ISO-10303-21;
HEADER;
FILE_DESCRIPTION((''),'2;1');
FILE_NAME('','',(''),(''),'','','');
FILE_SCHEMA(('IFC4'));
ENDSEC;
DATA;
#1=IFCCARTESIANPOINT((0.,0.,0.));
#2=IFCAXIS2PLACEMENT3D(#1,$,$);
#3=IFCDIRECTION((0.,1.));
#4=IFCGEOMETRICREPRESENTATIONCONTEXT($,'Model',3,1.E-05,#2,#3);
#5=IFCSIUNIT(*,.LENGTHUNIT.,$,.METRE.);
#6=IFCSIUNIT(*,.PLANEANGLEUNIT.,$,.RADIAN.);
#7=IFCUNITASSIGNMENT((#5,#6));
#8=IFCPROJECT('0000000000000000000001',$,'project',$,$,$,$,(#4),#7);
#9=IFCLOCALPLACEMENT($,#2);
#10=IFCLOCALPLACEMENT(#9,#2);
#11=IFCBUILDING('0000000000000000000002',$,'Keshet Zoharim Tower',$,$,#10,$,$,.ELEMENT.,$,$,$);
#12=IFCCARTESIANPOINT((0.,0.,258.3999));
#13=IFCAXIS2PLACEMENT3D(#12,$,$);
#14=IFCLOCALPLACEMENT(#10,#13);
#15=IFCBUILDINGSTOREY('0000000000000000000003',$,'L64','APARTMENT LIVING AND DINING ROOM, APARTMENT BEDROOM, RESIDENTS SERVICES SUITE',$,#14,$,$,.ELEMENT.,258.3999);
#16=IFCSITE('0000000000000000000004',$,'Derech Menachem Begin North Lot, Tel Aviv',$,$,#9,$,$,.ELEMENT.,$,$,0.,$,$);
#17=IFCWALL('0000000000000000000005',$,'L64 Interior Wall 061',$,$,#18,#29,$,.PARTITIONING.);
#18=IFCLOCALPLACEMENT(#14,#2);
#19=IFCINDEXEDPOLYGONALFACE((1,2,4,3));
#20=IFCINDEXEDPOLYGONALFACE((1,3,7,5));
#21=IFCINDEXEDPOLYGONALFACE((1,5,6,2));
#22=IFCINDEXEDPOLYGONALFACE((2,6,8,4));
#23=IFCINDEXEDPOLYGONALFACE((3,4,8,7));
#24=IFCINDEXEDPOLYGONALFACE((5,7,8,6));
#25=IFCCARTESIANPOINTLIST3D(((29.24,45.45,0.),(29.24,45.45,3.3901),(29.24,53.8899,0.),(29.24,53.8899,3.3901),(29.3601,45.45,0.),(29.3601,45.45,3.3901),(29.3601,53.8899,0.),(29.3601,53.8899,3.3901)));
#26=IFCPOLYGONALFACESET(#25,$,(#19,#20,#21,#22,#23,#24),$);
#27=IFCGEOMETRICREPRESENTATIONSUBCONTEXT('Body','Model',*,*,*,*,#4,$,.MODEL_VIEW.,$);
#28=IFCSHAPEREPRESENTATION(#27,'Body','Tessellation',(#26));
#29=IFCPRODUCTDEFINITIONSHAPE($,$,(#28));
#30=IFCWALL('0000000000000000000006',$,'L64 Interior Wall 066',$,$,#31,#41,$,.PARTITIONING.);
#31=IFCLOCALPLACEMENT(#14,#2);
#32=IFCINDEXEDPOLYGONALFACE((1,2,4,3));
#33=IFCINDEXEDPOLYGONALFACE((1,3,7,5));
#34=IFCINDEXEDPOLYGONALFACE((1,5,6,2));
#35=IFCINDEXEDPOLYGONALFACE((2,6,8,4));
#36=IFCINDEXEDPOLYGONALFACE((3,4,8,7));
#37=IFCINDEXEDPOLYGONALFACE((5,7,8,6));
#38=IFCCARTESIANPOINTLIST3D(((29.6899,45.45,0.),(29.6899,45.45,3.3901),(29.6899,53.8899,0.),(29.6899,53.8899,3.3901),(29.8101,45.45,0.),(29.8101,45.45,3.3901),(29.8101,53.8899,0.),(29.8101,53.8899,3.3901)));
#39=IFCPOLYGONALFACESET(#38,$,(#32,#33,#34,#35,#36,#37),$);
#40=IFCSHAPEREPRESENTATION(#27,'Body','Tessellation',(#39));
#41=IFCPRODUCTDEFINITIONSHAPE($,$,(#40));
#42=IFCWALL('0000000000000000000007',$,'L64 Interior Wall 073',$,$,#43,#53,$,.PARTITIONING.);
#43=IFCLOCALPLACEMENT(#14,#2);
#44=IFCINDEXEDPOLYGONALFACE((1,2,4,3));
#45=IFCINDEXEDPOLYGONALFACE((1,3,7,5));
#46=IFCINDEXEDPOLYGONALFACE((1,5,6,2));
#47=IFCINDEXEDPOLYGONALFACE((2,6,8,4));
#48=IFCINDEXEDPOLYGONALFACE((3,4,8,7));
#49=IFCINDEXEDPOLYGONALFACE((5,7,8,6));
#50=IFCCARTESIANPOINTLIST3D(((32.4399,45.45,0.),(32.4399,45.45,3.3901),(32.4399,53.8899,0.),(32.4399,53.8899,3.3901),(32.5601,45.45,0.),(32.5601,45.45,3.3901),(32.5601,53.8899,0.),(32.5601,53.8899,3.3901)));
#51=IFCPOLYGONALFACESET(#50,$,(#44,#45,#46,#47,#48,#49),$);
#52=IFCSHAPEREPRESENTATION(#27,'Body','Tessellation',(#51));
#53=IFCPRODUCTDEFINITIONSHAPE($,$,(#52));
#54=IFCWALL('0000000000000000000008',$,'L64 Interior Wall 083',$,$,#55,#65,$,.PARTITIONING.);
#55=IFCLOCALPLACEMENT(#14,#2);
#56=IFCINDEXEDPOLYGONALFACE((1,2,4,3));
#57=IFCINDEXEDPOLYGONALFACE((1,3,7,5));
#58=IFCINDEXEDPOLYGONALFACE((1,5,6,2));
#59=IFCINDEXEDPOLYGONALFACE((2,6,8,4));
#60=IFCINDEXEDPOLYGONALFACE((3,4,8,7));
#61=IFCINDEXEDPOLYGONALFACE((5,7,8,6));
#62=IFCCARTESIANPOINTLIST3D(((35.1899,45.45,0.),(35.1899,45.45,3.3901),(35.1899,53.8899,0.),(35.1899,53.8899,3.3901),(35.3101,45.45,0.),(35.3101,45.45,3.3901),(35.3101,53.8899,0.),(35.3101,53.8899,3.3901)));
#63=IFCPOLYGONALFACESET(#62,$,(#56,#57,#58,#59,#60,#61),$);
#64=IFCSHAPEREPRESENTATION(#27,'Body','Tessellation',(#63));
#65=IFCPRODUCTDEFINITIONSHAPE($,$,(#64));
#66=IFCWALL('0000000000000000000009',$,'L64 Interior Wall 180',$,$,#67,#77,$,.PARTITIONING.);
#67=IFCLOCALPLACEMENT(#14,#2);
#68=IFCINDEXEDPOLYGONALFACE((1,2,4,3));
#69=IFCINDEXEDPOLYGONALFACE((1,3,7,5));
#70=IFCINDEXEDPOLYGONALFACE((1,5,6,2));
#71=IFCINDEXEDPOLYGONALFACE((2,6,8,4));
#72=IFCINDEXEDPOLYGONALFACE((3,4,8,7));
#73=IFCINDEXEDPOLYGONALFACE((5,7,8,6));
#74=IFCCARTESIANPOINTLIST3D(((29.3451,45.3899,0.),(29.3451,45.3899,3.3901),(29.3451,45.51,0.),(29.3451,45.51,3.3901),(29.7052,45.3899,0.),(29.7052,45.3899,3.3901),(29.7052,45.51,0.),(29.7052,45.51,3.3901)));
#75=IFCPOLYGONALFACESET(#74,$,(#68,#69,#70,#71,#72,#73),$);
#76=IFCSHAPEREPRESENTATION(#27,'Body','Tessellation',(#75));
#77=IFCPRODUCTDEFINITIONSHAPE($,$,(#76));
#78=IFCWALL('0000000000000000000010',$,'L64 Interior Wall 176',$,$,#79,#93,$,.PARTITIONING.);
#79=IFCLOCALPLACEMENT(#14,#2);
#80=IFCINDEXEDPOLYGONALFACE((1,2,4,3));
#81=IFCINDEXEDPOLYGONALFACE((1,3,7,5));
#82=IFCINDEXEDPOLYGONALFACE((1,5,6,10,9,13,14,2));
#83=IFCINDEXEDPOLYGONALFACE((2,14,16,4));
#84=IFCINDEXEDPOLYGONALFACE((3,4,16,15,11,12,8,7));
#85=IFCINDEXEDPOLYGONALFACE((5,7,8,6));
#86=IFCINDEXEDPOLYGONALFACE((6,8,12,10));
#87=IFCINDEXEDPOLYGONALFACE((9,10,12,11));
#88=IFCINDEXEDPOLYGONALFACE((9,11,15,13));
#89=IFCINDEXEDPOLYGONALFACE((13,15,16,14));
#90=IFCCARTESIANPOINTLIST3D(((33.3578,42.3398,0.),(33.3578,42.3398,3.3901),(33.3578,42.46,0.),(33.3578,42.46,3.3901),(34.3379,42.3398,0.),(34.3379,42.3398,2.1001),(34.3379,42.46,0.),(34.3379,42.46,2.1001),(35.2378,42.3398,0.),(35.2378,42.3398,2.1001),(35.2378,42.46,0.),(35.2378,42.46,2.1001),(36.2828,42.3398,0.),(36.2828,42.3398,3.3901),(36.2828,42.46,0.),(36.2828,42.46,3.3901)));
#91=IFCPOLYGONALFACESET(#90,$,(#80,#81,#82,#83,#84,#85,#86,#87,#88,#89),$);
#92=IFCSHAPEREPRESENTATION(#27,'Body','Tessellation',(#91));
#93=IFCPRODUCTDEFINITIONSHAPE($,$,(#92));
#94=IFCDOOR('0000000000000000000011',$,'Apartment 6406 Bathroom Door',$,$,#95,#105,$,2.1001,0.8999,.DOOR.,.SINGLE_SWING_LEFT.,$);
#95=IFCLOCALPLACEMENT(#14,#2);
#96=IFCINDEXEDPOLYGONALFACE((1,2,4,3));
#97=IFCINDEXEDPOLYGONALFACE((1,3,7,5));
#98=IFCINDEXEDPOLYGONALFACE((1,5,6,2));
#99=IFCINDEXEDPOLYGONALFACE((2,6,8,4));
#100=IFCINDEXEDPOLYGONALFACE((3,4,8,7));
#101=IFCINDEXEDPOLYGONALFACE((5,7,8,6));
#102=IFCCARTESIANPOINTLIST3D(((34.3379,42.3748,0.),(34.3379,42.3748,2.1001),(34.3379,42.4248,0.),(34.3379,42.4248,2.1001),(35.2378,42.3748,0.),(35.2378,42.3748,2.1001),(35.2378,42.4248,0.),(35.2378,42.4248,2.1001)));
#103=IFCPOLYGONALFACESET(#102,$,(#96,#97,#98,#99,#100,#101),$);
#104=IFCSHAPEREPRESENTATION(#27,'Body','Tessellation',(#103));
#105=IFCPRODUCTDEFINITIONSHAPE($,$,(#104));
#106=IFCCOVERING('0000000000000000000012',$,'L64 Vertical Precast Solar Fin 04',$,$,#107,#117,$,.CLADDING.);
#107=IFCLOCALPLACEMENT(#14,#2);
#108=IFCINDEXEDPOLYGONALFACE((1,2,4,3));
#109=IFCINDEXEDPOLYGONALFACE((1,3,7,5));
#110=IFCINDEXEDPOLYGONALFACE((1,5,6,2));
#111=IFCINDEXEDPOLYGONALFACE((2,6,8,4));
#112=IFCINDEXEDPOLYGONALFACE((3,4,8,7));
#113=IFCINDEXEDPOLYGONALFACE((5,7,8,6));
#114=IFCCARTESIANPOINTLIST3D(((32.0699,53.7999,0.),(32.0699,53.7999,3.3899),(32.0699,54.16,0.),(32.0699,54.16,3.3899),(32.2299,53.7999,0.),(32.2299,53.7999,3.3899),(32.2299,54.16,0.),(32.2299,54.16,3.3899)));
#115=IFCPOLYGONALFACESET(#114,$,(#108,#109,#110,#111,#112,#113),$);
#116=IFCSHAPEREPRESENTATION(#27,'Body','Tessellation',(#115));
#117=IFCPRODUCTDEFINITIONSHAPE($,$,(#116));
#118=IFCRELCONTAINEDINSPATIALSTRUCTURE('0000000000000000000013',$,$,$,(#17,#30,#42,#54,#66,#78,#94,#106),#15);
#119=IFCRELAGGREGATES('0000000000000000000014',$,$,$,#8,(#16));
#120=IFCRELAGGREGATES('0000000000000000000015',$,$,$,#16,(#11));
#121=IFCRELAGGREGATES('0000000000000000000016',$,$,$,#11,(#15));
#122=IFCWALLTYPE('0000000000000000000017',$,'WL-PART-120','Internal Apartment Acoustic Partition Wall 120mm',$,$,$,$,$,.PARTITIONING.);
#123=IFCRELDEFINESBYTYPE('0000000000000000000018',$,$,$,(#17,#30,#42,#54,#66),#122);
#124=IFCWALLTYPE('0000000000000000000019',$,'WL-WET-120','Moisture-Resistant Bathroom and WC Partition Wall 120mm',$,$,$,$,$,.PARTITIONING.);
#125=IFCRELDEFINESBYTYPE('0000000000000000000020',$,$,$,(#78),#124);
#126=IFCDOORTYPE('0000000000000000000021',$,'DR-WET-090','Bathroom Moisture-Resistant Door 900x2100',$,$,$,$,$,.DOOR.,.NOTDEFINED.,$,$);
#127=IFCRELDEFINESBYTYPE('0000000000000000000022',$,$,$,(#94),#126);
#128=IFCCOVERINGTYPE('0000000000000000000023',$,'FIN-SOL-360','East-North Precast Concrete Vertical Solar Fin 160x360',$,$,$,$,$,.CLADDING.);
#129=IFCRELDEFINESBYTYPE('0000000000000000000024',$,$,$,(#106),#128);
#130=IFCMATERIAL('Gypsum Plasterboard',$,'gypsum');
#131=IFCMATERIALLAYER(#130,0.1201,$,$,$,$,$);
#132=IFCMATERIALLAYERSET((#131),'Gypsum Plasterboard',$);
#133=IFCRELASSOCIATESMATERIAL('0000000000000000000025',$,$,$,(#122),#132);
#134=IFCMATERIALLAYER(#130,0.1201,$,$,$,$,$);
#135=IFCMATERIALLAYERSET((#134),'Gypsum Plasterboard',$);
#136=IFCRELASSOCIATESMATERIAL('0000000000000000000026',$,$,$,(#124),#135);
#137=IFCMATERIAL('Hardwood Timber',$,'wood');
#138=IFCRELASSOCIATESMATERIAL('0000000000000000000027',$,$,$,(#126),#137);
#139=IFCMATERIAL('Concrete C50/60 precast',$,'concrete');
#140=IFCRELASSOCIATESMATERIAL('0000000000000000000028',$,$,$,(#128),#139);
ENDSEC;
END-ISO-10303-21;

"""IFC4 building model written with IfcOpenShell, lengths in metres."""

from ifc_helpers import new_model, si_unit, direction, frame, frame_2d, origin, origin_2d, place, context, subcontext, project, spatial, rectangle, extrude, material, layer, layer_set, type_object, element, fill, save


model = new_model("IFC4")

# Units and contexts
model_context = context("Model", 3, precision=1e-05, world=origin(), true_north=direction((0.0, 1.0)))
body_context = subcontext(model_context, "Body", "Model", "MODEL_VIEW")
ifc_project = project(units=[si_unit("LENGTHUNIT", "METRE"), si_unit("PLANEANGLEUNIT", "RADIAN")], contexts=[model_context])

# Site, building, storey
site_placement = place(None, origin())
site = spatial("IfcSite", under=ifc_project, at=site_placement, Name="Derech Menachem Begin North Lot, Tel Aviv", CompositionType="ELEMENT", RefElevation=0.0)
building_placement = place(site_placement, origin())
building = spatial("IfcBuilding", under=site, at=building_placement, Name="Keshet Zoharim Tower", CompositionType="ELEMENT")
storey_placement = place(building_placement, frame((0.0, 0.0, 258.3999)))
storey = spatial("IfcBuildingStorey", under=building, at=storey_placement, Name="L64", Description="APARTMENT LIVING AND DINING ROOM, APARTMENT BEDROOM, RESIDENTS SERVICES SUITE", CompositionType="ELEMENT", Elevation=258.3999)

# Shared definitions
ifc_material_1 = material(Name="Hardwood Timber", Category="wood")

# Walls
ifc_material_2 = material(Name="Gypsum Plasterboard", Category="gypsum")
ifc_layer_1 = layer(ifc_material_2, 0.1201)
ifc_layer_set_1 = layer_set([ifc_layer_1], Name="Gypsum Plasterboard")
wall_type_1 = type_object("IfcWallType", Name="WL-PART-120", Description="Internal Apartment Acoustic Partition Wall 120mm", PredefinedType="PARTITIONING", material=ifc_layer_set_1)
for number, where, z_axis, x_axis, name in (
    (1, (29.3, 45.45, 0.0), (0.0, 0.0, 1.0), (0.0, 1.0, 0.0), "L64 Interior Wall 061"),
    (2, (29.75, 45.45, 0.0), (0.0, 0.0, 1.0), (0.0, 1.0, 0.0), "L64 Interior Wall 066"),
    (3, (32.5, 45.45, 0.0), (0.0, 0.0, 1.0), (0.0, 1.0, 0.0), "L64 Interior Wall 073"),
    (4, (35.25, 45.45, 0.0), (0.0, 0.0, 1.0), (0.0, 1.0, 0.0), "L64 Interior Wall 083"),
):
    element("IfcWall", number, at=place(storey_placement, frame(where, z_axis=z_axis, x_axis=x_axis)), inside=storey, type_object=wall_type_1, Name=name, PredefinedType="PARTITIONING", context=body_context, shape_type="SweptSolid", body=[
        extrude(rectangle(XDim=8.4399, YDim=0.1201, at=frame_2d((4.22, 0.0))), origin(), (0.0, 0.0, 1.0), 3.3901),
    ])
wall_1_placement = place(storey_placement, frame((29.345, 45.45, 0.0), z_axis=(0.0, 0.0, 1.0), x_axis=(1.0, 0.0, 0.0)))
element("IfcWall", 5, at=wall_1_placement, inside=storey, type_object=wall_type_1, Name="L64 Interior Wall 180", PredefinedType="PARTITIONING", context=body_context, shape_type="SweptSolid", body=[
    extrude(rectangle(XDim=0.3601, YDim=0.1201, at=frame_2d((0.1802, 0.0))), origin(), (0.0, 0.0, 1.0), 3.3901),
])

# Wall, opening, door
ifc_layer_2 = layer(ifc_material_2, 0.1201)
ifc_layer_set_2 = layer_set([ifc_layer_2], Name="Gypsum Plasterboard")
wall_type_2 = type_object("IfcWallType", Name="WL-WET-120", Description="Moisture-Resistant Bathroom and WC Partition Wall 120mm", PredefinedType="PARTITIONING", material=ifc_layer_set_2)
wall_2_placement = place(storey_placement, frame((33.3579, 42.3999, 0.0), z_axis=(0.0, 0.0, 1.0), x_axis=(1.0, 0.0, 0.0)))
wall_2 = element("IfcWall", 6, at=wall_2_placement, inside=storey, type_object=wall_type_2, Name="L64 Interior Wall 176", PredefinedType="PARTITIONING", context=body_context, shape_type="SweptSolid", body=[
    extrude(rectangle(XDim=2.925, YDim=0.1201, at=frame_2d((1.4624, 0.0))), origin(), (0.0, 0.0, 1.0), 3.3901),
])
opening_1_placement = place(wall_2_placement, frame((0.98, 0.0, 0.0)))
opening_1 = element("IfcOpeningElement", 7, at=opening_1_placement, cuts=wall_2, PredefinedType="OPENING", context=body_context, shape_type="SweptSolid", body=[
    extrude(rectangle(XDim=0.8999, YDim=2.1001, at=frame_2d((0.45, 1.05))), frame((0.0, 0.0701, 0.0), z_axis=(0.0, -1.0, 0.0), x_axis=(1.0, 0.0, 0.0)), (0.0, 0.0, 1.0), 0.1401),
])
door_type_1 = type_object("IfcDoorType", Name="DR-WET-090", Description="Bathroom Moisture-Resistant Door 900x2100", OperationType="NOTDEFINED", PredefinedType="DOOR", material=ifc_material_1)
door_1_placement = place(opening_1_placement, origin())
door_1 = element("IfcDoor", 8, at=door_1_placement, inside=storey, type_object=door_type_1, Name="Apartment 6406 Bathroom Door", OperationType="SINGLE_SWING_LEFT", OverallHeight=2.1001, OverallWidth=0.8999, PredefinedType="DOOR", context=body_context, shape_type="SweptSolid", body=[
    extrude(rectangle(XDim=0.8999, YDim=2.1001, at=frame_2d((0.45, 1.05))), frame((0.0, 0.0249, 0.0), z_axis=(0.0, -1.0, 0.0), x_axis=(1.0, 0.0, 0.0)), (0.0, 0.0, 1.0), 0.05),
])
fill(opening_1, door_1)

# Covering
ifc_material_3 = material(Name="Concrete C50/60 precast", Category="concrete")
covering_type = type_object("IfcCoveringType", Name="FIN-SOL-360", Description="East-North Precast Concrete Vertical Solar Fin 160x360", PredefinedType="CLADDING", material=ifc_material_3)
covering_placement = place(storey_placement, frame((32.1499, 53.98, 0.0), z_axis=(0.0, 0.0, 1.0), x_axis=(1.0, 0.0, 0.0)))
element("IfcCovering", 9, at=covering_placement, inside=storey, type_object=covering_type, Name="L64 Vertical Precast Solar Fin 04", PredefinedType="CLADDING", context=body_context, shape_type="SweptSolid", body=[
    extrude(rectangle(XDim=0.1599, YDim=0.3601, at=origin_2d()), origin(), (0.0, 0.0, 1.0), 3.3899),
])

save(model, "model.ifc")
